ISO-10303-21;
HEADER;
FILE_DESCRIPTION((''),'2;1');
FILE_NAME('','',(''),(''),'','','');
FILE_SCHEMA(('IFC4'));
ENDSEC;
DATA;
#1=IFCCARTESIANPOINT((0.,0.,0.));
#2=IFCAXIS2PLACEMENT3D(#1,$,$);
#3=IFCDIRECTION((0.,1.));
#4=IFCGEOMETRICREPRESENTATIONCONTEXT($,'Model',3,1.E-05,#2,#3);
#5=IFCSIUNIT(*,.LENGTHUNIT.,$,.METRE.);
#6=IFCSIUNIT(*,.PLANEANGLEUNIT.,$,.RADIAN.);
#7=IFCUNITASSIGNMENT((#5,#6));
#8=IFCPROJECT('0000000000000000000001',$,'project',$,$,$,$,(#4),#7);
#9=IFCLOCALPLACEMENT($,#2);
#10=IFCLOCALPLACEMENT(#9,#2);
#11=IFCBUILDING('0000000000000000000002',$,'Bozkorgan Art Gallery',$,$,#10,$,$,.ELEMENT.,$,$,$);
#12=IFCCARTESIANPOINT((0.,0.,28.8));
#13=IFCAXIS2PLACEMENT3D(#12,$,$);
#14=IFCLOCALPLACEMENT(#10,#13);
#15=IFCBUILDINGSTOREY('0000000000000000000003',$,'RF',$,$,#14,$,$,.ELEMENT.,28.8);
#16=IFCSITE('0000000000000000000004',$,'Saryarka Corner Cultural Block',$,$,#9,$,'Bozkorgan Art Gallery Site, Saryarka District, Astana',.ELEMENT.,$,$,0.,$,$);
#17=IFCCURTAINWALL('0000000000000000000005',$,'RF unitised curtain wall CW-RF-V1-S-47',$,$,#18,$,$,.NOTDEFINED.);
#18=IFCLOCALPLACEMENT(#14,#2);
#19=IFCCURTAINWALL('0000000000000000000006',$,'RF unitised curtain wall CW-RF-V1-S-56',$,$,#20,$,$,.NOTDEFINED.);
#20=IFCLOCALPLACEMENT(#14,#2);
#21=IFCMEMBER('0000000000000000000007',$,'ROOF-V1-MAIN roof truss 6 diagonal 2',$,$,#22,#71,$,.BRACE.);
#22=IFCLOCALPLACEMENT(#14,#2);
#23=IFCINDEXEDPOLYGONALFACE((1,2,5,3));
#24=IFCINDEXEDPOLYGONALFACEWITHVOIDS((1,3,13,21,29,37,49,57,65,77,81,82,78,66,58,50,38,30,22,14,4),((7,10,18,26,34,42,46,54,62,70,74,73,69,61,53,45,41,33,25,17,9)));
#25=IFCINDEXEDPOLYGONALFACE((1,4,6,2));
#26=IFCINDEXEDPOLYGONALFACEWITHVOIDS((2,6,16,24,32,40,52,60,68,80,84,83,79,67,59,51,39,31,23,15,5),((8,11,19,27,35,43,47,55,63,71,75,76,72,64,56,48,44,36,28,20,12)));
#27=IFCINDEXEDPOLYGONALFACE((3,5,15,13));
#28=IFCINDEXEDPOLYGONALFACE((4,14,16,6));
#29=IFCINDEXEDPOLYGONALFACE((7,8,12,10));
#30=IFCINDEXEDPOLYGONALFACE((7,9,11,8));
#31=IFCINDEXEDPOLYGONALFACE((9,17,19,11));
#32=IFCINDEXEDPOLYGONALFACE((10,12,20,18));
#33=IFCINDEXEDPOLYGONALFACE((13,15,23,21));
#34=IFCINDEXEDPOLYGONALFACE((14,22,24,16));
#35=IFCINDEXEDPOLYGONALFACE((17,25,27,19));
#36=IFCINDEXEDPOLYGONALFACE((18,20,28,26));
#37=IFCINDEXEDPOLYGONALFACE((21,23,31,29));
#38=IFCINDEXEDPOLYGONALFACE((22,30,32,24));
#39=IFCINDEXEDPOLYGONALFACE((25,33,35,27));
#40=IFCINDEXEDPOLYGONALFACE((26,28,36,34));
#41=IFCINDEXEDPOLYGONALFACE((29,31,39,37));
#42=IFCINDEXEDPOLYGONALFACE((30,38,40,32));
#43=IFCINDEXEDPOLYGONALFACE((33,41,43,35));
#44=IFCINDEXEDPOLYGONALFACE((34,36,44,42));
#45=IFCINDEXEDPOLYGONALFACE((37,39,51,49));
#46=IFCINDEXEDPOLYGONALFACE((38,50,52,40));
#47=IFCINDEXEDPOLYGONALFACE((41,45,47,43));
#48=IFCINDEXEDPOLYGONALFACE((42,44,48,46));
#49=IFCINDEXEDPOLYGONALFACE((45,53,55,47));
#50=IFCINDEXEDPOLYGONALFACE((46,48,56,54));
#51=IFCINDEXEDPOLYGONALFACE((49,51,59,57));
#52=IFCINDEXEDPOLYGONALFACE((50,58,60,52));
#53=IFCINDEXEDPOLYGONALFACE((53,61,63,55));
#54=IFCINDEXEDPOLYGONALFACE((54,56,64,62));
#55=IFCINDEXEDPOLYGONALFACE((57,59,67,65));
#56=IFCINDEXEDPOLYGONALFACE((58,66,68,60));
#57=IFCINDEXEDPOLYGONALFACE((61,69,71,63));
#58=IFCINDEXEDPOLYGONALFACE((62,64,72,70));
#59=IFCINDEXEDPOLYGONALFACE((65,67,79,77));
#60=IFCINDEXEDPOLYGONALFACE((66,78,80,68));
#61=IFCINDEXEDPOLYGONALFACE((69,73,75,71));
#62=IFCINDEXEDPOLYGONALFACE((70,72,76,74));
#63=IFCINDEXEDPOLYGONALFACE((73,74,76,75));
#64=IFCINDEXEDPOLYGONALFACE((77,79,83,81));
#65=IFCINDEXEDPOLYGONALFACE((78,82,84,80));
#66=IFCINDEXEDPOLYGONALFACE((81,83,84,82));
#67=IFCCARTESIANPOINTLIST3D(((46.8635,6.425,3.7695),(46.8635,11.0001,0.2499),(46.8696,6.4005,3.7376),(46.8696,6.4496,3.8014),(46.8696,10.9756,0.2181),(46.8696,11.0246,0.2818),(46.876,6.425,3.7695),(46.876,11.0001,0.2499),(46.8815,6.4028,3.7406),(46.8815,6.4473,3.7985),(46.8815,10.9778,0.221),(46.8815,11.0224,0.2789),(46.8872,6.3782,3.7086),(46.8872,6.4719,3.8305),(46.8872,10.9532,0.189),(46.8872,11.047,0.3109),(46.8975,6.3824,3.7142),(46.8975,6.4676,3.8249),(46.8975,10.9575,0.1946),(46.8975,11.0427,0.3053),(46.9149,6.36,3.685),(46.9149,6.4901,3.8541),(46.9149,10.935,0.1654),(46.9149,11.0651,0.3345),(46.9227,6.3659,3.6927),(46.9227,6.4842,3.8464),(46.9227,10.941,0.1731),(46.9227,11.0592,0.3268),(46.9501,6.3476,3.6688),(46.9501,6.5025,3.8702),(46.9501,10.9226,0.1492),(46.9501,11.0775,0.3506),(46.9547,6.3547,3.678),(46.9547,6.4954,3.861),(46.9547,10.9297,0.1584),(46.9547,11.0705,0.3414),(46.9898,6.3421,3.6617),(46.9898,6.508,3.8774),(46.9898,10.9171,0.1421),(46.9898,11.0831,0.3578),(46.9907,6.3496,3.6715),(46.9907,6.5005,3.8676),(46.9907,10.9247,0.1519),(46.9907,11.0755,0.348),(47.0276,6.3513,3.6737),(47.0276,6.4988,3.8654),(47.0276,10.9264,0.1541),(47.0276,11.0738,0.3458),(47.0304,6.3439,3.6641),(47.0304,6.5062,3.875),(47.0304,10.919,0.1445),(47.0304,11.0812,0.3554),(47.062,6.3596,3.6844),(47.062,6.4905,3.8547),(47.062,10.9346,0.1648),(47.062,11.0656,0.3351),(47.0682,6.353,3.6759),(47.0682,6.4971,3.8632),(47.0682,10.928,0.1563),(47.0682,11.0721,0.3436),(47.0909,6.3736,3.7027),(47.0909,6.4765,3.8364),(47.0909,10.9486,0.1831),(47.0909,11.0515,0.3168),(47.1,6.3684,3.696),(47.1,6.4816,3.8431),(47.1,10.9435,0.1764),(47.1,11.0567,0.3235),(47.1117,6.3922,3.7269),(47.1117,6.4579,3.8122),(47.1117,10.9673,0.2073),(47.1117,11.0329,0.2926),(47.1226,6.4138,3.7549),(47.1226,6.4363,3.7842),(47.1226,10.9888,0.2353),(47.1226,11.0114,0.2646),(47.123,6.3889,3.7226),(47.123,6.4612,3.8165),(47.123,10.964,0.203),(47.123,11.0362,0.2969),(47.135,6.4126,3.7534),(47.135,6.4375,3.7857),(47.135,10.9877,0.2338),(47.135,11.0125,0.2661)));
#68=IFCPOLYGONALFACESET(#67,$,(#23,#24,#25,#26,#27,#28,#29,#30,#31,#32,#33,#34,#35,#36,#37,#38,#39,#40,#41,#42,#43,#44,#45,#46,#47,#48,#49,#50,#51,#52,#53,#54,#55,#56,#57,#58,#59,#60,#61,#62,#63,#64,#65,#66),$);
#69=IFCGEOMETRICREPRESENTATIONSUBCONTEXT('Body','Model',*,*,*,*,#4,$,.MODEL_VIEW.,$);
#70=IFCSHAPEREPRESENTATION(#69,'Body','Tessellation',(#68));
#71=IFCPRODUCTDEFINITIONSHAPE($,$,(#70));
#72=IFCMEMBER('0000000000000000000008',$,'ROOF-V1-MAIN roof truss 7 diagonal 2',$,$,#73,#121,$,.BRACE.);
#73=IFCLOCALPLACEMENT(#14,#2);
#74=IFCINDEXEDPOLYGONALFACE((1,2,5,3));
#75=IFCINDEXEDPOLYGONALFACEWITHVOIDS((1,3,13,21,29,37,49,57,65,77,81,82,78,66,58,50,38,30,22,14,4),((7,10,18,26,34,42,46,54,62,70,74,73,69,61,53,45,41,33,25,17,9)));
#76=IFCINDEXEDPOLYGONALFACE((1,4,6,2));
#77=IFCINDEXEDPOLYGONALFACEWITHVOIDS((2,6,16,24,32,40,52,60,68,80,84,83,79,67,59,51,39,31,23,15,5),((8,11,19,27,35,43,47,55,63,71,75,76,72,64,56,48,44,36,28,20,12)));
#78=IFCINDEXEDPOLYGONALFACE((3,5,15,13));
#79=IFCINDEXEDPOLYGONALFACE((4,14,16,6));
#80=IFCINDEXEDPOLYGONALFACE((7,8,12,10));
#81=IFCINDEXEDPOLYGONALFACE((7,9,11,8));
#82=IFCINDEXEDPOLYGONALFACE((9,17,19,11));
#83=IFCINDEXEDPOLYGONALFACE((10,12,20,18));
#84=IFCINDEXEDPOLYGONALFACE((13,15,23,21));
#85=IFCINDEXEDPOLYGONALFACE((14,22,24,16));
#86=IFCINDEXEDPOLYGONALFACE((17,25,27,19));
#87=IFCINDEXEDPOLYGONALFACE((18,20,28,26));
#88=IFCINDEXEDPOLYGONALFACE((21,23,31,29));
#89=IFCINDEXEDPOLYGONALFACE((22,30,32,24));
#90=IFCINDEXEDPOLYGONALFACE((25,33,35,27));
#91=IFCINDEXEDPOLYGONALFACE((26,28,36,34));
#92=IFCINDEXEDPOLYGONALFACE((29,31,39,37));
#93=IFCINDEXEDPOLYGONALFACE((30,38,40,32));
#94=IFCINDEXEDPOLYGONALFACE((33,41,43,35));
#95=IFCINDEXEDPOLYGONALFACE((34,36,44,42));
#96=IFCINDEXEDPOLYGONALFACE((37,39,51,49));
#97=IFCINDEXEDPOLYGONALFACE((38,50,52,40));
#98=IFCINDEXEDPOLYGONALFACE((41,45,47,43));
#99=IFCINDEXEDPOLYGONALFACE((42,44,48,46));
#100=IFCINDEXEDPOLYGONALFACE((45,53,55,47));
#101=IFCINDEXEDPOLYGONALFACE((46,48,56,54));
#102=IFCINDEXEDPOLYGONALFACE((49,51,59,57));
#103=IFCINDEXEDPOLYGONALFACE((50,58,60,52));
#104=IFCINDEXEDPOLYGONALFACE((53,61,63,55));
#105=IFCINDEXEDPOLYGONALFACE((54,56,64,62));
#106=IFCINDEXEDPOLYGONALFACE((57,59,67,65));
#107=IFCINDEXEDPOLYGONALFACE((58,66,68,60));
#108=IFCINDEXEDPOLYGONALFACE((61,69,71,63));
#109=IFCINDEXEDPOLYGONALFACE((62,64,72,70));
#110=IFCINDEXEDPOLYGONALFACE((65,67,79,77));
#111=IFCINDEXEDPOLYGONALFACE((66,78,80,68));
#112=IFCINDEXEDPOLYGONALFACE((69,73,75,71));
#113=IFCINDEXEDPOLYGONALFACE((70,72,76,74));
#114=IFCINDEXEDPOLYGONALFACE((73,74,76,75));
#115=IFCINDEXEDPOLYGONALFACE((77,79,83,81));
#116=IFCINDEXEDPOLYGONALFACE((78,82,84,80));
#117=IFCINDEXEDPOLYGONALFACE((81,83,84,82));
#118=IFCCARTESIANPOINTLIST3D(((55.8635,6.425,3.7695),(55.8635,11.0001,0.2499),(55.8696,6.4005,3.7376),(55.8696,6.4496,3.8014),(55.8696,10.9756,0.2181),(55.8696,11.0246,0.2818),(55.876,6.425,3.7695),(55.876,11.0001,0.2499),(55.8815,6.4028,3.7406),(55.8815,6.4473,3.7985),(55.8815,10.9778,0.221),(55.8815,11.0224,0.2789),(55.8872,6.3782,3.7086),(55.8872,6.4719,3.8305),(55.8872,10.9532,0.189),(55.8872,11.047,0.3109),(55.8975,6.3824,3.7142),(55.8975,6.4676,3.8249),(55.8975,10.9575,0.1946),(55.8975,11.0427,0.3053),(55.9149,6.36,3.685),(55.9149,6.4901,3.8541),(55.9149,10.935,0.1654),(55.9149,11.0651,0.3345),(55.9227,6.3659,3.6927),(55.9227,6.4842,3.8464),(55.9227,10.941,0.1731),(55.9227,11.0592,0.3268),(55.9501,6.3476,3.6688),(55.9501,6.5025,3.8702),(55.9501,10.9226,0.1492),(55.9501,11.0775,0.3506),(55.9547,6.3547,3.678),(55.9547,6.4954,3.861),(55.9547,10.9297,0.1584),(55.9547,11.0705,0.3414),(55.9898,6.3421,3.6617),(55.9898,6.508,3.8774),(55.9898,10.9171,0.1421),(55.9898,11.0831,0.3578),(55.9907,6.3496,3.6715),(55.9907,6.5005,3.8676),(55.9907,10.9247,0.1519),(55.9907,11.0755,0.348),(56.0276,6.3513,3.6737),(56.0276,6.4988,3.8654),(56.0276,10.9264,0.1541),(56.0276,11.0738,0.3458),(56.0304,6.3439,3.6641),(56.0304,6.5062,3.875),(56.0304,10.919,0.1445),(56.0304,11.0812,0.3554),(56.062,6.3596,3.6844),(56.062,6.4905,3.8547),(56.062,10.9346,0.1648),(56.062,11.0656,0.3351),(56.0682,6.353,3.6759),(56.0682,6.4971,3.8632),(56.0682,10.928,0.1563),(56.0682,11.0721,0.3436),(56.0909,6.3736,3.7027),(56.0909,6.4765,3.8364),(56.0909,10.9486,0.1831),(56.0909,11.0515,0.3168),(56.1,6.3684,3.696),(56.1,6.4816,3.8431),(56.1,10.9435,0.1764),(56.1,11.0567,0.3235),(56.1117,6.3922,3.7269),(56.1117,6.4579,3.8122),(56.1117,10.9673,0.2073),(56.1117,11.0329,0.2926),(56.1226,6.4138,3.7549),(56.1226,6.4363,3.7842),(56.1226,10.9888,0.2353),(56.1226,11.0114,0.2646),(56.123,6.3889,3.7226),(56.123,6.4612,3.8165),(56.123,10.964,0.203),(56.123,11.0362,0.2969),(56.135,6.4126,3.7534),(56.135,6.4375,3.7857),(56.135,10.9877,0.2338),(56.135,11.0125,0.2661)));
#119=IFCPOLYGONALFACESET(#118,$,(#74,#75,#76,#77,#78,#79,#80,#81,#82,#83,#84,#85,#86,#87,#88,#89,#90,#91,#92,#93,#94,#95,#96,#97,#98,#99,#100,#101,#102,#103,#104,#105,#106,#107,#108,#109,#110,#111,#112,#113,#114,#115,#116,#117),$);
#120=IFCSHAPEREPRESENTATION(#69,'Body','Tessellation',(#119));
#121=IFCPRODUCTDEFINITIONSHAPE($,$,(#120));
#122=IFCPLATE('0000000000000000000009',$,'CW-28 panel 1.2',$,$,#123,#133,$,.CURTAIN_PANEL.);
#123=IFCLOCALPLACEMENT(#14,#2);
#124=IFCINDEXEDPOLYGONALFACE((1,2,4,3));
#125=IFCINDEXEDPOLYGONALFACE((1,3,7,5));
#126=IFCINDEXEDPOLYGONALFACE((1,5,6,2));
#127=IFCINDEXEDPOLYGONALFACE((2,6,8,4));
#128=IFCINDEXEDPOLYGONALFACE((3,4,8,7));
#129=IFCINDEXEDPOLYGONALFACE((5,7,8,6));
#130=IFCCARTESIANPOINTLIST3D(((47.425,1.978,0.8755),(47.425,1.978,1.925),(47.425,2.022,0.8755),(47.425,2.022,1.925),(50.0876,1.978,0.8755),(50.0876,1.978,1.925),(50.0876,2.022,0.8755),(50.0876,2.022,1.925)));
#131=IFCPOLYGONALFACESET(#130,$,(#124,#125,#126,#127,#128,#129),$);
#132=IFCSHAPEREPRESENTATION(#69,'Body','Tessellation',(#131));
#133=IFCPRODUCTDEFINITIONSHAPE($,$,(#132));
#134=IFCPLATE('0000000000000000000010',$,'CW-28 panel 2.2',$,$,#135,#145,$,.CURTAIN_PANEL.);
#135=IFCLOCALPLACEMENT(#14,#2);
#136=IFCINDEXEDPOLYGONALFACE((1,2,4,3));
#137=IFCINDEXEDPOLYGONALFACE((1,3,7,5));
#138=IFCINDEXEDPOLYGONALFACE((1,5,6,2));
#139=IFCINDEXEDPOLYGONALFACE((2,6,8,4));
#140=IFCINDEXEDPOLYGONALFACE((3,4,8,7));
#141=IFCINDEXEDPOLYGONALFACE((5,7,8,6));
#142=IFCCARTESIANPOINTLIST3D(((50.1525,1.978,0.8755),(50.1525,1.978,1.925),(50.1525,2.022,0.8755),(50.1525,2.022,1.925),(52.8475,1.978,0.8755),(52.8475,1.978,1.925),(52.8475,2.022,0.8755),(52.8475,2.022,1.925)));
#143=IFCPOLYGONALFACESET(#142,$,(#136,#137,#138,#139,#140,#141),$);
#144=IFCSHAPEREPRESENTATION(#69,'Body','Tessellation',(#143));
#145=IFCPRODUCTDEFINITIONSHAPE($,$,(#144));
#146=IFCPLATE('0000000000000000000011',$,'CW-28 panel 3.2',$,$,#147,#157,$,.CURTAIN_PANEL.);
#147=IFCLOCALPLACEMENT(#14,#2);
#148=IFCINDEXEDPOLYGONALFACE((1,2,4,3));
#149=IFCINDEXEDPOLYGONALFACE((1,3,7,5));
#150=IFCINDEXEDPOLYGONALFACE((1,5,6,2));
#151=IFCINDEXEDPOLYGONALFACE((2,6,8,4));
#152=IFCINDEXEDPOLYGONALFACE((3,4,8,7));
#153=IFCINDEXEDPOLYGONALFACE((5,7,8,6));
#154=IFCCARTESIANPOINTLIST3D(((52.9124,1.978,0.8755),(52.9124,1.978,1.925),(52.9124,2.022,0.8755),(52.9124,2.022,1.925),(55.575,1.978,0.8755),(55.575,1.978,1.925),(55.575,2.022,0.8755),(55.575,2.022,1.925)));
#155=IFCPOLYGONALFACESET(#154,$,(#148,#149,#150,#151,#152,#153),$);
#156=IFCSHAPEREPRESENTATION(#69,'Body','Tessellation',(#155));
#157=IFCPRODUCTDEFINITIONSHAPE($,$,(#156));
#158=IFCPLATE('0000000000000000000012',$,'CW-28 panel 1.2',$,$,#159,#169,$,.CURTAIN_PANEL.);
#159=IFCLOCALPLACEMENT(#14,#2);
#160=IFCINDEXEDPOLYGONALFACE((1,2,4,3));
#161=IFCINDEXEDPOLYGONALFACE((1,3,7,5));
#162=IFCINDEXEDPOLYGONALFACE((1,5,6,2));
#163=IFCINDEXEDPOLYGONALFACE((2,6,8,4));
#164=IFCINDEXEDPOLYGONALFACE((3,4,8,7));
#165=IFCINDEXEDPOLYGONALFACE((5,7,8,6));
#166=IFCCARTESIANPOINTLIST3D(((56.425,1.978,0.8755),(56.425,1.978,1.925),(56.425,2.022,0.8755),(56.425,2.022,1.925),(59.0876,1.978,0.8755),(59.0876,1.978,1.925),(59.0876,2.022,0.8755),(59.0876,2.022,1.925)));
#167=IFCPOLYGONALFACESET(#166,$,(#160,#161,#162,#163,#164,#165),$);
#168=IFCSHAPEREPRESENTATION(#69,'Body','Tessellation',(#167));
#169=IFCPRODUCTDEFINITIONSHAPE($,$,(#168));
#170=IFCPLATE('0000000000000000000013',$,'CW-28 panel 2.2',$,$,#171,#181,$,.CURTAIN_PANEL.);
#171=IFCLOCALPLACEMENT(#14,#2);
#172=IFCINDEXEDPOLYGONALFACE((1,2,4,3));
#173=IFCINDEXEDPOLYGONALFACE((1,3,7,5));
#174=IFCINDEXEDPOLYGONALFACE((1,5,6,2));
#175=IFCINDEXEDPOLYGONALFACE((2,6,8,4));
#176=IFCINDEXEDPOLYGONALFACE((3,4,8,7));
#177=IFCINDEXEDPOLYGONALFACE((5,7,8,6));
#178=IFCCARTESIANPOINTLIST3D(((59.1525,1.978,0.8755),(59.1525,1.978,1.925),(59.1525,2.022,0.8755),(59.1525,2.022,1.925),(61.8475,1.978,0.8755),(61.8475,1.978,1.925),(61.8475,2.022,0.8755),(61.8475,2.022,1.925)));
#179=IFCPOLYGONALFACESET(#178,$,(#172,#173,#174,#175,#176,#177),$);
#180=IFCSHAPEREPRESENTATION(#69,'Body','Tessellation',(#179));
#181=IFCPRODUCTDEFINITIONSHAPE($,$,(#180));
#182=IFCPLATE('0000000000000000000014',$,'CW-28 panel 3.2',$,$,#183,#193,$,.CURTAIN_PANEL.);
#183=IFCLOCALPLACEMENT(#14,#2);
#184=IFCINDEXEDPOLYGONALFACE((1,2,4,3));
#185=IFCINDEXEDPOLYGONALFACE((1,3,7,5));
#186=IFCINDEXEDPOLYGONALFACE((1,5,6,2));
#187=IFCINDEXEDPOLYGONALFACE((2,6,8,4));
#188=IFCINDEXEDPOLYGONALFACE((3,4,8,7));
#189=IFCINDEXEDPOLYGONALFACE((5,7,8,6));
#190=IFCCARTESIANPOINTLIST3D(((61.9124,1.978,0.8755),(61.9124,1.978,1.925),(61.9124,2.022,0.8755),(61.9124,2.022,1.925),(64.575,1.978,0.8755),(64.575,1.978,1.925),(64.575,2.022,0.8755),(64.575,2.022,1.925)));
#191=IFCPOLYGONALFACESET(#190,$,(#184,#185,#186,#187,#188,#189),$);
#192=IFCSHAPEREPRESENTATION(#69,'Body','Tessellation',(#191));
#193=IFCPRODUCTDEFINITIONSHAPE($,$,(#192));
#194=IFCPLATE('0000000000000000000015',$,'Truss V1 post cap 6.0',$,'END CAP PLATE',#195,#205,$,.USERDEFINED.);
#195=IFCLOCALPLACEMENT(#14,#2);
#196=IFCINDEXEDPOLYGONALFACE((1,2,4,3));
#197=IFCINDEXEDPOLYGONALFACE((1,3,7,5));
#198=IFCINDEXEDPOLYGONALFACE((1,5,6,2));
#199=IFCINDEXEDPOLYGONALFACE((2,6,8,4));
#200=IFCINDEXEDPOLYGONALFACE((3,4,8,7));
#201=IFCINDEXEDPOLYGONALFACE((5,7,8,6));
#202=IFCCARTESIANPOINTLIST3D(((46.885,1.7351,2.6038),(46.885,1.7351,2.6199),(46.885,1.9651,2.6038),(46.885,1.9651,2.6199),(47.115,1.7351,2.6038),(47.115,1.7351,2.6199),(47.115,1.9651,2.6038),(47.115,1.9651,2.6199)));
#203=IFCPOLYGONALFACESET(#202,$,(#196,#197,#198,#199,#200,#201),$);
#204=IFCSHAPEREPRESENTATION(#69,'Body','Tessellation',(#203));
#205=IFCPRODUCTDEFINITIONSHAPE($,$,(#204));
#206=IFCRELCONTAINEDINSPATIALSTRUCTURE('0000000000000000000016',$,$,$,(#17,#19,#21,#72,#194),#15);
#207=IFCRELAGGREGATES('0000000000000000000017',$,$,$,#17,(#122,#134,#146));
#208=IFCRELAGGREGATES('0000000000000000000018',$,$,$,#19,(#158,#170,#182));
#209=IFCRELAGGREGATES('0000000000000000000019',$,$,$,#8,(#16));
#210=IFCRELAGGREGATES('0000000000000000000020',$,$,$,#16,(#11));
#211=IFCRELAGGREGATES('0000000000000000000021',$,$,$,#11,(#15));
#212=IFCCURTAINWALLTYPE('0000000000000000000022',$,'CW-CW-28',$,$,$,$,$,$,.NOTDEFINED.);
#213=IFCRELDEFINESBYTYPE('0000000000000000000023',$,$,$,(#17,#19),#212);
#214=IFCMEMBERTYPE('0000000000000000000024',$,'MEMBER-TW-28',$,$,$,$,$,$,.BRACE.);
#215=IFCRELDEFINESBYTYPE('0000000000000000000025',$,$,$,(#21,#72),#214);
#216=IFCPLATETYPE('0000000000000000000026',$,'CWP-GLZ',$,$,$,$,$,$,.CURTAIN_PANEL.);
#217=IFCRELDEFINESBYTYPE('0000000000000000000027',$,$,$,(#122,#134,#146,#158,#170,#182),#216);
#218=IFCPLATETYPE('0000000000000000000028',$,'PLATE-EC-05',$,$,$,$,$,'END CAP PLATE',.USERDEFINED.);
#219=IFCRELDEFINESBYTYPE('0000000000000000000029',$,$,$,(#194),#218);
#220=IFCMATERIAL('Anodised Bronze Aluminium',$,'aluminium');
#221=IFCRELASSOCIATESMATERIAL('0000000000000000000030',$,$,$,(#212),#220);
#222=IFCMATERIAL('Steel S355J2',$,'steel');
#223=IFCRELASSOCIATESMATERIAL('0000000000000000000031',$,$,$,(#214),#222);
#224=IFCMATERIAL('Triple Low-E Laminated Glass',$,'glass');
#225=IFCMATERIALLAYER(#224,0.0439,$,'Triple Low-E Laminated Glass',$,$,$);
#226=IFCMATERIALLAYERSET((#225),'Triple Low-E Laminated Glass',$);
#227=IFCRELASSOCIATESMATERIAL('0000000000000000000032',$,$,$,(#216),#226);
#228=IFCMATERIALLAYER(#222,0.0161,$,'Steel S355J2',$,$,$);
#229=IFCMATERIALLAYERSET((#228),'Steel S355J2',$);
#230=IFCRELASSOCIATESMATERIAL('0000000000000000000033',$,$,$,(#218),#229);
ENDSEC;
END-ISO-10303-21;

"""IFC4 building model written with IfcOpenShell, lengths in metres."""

from ifc_helpers import new_model, si_unit, direction, frame, origin, origin_2d, place, context, subcontext, project, spatial, rectangle, hollow_circle, extrude, material, layer, layer_set, material_profile, profile_set, type_object, element, aggregate, save


model = new_model("IFC4")

# Units and contexts
model_context = context("Model", 3, precision=1e-05, world=origin(), true_north=direction((0.0, 1.0)))
body_context = subcontext(model_context, "Body", "Model", "MODEL_VIEW")
ifc_project = project(units=[si_unit("LENGTHUNIT", "METRE"), si_unit("PLANEANGLEUNIT", "RADIAN")], contexts=[model_context])

# Site, building, storey
site_placement = place(None, origin())
site = spatial("IfcSite", under=ifc_project, at=site_placement, Name="Saryarka Corner Cultural Block", LongName="Bozkorgan Art Gallery Site, Saryarka District, Astana", CompositionType="ELEMENT", RefElevation=0.0)
building_placement = place(site_placement, origin())
building = spatial("IfcBuilding", under=site, at=building_placement, Name="Bozkorgan Art Gallery", CompositionType="ELEMENT")
storey_placement = place(building_placement, frame((0.0, 0.0, 28.8)))
storey = spatial("IfcBuildingStorey", under=building, at=storey_placement, Name="RF", CompositionType="ELEMENT", Elevation=28.8)

# Curtain walls
ifc_material_1 = material(Name="Anodised Bronze Aluminium", Category="aluminium")
curtain_wall_type_1 = type_object("IfcCurtainWallType", Name="CW-CW-28", PredefinedType="NOTDEFINED", material=ifc_material_1)
curtain_wall_1_placement = place(storey_placement, origin())
curtain_wall_1 = element("IfcCurtainWall", 1, at=curtain_wall_1_placement, inside=storey, type_object=curtain_wall_type_1, Name="RF unitised curtain wall CW-RF-V1-S-47", PredefinedType="NOTDEFINED")
curtain_wall_2_placement = place(storey_placement, origin())
curtain_wall_2 = element("IfcCurtainWall", 2, at=curtain_wall_2_placement, inside=storey, type_object=curtain_wall_type_1, Name="RF unitised curtain wall CW-RF-V1-S-56", PredefinedType="NOTDEFINED")

# Members
ifc_material_2 = material(Name="Steel S355J2", Category="steel")
ifc_material_profile_1 = material_profile(ifc_material_2, hollow_circle(Radius=0.1365, WallThickness=0.0125, at=origin_2d()), Name="CHS 273x12.5")
ifc_profile_set_1 = profile_set([ifc_material_profile_1], Name="Steel S355J2")
member_type_1 = type_object("IfcMemberType", Name="MEMBER-TW-28", PredefinedType="BRACE", material=ifc_profile_set_1)
for number, where, z_axis, x_axis, name in (
    (3, (47.0, 6.425, 3.7695), (0.0, 0.792596, -0.609748), (-1.0, 0.0, 0.0), "ROOF-V1-MAIN roof truss 6 diagonal 2"),
    (4, (56.0, 6.425, 3.7695), (0.0, 0.792596, -0.609748), (-1.0, 0.0, 0.0), "ROOF-V1-MAIN roof truss 7 diagonal 2"),
):
    element("IfcMember", number, at=place(storey_placement, frame(where, z_axis=z_axis, x_axis=x_axis)), inside=storey, type_object=member_type_1, Name=name, PredefinedType="BRACE", context=body_context, shape_type="SweptSolid", body=[
        extrude(hollow_circle(Radius=0.1365, WallThickness=0.0125, at=origin_2d()), origin(), (0.0, 0.0, 1.0), 5.7722),
    ])

# Plates
ifc_material_3 = material(Name="Triple Low-E Laminated Glass", Category="glass")
ifc_layer_1 = layer(ifc_material_3, 0.0439, Name="Triple Low-E Laminated Glass")
ifc_layer_set_1 = layer_set([ifc_layer_1], Name="Triple Low-E Laminated Glass")
plate_type_1 = type_object("IfcPlateType", Name="CWP-GLZ", PredefinedType="CURTAIN_PANEL", material=ifc_layer_set_1)
plate_1_placement = place(storey_placement, frame((48.7563, 2.0, 0.8755), z_axis=(0.0, 0.0, 1.0), x_axis=(1.0, 0.0, 0.0)))
plate_1 = element("IfcPlate", 5, at=plate_1_placement, type_object=plate_type_1, Name="CW-28 panel 1.2", PredefinedType="CURTAIN_PANEL", context=body_context, shape_type="SweptSolid", body=[
    extrude(rectangle(XDim=2.6626, YDim=0.0439, at=origin_2d()), origin(), (0.0, 0.0, 1.0), 1.0496),
])
plate_2_placement = place(storey_placement, frame((51.5, 2.0, 0.8755), z_axis=(0.0, 0.0, 1.0), x_axis=(1.0, 0.0, 0.0)))
plate_2 = element("IfcPlate", 6, at=plate_2_placement, type_object=plate_type_1, Name="CW-28 panel 2.2", PredefinedType="CURTAIN_PANEL", context=body_context, shape_type="SweptSolid", body=[
    extrude(rectangle(XDim=2.6951, YDim=0.0439, at=origin_2d()), origin(), (0.0, 0.0, 1.0), 1.0496),
])
plate_3_placement = place(storey_placement, frame((54.2437, 2.0, 0.8755), z_axis=(0.0, 0.0, 1.0), x_axis=(1.0, 0.0, 0.0)))
plate_3 = element("IfcPlate", 7, at=plate_3_placement, type_object=plate_type_1, Name="CW-28 panel 3.2", PredefinedType="CURTAIN_PANEL", context=body_context, shape_type="SweptSolid", body=[
    extrude(rectangle(XDim=2.6626, YDim=0.0439, at=origin_2d()), origin(), (0.0, 0.0, 1.0), 1.0496),
])
aggregate(curtain_wall_1, [plate_1, plate_2, plate_3])
plate_4_placement = place(storey_placement, frame((57.7563, 2.0, 0.8755), z_axis=(0.0, 0.0, 1.0), x_axis=(1.0, 0.0, 0.0)))
plate_4 = element("IfcPlate", 8, at=plate_4_placement, type_object=plate_type_1, Name="CW-28 panel 1.2", PredefinedType="CURTAIN_PANEL", context=body_context, shape_type="SweptSolid", body=[
    extrude(rectangle(XDim=2.6626, YDim=0.0439, at=origin_2d()), origin(), (0.0, 0.0, 1.0), 1.0496),
])
plate_5_placement = place(storey_placement, frame((60.5, 2.0, 0.8755), z_axis=(0.0, 0.0, 1.0), x_axis=(1.0, 0.0, 0.0)))
plate_5 = element("IfcPlate", 9, at=plate_5_placement, type_object=plate_type_1, Name="CW-28 panel 2.2", PredefinedType="CURTAIN_PANEL", context=body_context, shape_type="SweptSolid", body=[
    extrude(rectangle(XDim=2.6951, YDim=0.0439, at=origin_2d()), origin(), (0.0, 0.0, 1.0), 1.0496),
])
plate_6_placement = place(storey_placement, frame((63.2437, 2.0, 0.8755), z_axis=(0.0, 0.0, 1.0), x_axis=(1.0, 0.0, 0.0)))
plate_6 = element("IfcPlate", 10, at=plate_6_placement, type_object=plate_type_1, Name="CW-28 panel 3.2", PredefinedType="CURTAIN_PANEL", context=body_context, shape_type="SweptSolid", body=[
    extrude(rectangle(XDim=2.6626, YDim=0.0439, at=origin_2d()), origin(), (0.0, 0.0, 1.0), 1.0496),
])
aggregate(curtain_wall_2, [plate_4, plate_5, plate_6])

# Plate
ifc_layer_2 = layer(ifc_material_2, 0.0161, Name="Steel S355J2")
ifc_layer_set_2 = layer_set([ifc_layer_2], Name="Steel S355J2")
plate_type_2 = type_object("IfcPlateType", Name="PLATE-EC-05", ElementType="END CAP PLATE", PredefinedType="USERDEFINED", material=ifc_layer_set_2)
for number, where, z_axis, x_axis, name in (
    (11, (47.0, 1.8501, 2.6038), (0.0, 0.0, 1.0), (1.0, 0.0, 0.0), "Truss V1 post cap 6.0"),
):
    element("IfcPlate", number, at=place(storey_placement, frame(where, z_axis=z_axis, x_axis=x_axis)), inside=storey, type_object=plate_type_2, Name=name, ObjectType="END CAP PLATE", PredefinedType="USERDEFINED", context=body_context, shape_type="SweptSolid", body=[
        extrude(rectangle(XDim=0.23, YDim=0.23, at=origin_2d()), origin(), (0.0, 0.0, 1.0), 0.0161),
    ])

save(model, "model.ifc")
